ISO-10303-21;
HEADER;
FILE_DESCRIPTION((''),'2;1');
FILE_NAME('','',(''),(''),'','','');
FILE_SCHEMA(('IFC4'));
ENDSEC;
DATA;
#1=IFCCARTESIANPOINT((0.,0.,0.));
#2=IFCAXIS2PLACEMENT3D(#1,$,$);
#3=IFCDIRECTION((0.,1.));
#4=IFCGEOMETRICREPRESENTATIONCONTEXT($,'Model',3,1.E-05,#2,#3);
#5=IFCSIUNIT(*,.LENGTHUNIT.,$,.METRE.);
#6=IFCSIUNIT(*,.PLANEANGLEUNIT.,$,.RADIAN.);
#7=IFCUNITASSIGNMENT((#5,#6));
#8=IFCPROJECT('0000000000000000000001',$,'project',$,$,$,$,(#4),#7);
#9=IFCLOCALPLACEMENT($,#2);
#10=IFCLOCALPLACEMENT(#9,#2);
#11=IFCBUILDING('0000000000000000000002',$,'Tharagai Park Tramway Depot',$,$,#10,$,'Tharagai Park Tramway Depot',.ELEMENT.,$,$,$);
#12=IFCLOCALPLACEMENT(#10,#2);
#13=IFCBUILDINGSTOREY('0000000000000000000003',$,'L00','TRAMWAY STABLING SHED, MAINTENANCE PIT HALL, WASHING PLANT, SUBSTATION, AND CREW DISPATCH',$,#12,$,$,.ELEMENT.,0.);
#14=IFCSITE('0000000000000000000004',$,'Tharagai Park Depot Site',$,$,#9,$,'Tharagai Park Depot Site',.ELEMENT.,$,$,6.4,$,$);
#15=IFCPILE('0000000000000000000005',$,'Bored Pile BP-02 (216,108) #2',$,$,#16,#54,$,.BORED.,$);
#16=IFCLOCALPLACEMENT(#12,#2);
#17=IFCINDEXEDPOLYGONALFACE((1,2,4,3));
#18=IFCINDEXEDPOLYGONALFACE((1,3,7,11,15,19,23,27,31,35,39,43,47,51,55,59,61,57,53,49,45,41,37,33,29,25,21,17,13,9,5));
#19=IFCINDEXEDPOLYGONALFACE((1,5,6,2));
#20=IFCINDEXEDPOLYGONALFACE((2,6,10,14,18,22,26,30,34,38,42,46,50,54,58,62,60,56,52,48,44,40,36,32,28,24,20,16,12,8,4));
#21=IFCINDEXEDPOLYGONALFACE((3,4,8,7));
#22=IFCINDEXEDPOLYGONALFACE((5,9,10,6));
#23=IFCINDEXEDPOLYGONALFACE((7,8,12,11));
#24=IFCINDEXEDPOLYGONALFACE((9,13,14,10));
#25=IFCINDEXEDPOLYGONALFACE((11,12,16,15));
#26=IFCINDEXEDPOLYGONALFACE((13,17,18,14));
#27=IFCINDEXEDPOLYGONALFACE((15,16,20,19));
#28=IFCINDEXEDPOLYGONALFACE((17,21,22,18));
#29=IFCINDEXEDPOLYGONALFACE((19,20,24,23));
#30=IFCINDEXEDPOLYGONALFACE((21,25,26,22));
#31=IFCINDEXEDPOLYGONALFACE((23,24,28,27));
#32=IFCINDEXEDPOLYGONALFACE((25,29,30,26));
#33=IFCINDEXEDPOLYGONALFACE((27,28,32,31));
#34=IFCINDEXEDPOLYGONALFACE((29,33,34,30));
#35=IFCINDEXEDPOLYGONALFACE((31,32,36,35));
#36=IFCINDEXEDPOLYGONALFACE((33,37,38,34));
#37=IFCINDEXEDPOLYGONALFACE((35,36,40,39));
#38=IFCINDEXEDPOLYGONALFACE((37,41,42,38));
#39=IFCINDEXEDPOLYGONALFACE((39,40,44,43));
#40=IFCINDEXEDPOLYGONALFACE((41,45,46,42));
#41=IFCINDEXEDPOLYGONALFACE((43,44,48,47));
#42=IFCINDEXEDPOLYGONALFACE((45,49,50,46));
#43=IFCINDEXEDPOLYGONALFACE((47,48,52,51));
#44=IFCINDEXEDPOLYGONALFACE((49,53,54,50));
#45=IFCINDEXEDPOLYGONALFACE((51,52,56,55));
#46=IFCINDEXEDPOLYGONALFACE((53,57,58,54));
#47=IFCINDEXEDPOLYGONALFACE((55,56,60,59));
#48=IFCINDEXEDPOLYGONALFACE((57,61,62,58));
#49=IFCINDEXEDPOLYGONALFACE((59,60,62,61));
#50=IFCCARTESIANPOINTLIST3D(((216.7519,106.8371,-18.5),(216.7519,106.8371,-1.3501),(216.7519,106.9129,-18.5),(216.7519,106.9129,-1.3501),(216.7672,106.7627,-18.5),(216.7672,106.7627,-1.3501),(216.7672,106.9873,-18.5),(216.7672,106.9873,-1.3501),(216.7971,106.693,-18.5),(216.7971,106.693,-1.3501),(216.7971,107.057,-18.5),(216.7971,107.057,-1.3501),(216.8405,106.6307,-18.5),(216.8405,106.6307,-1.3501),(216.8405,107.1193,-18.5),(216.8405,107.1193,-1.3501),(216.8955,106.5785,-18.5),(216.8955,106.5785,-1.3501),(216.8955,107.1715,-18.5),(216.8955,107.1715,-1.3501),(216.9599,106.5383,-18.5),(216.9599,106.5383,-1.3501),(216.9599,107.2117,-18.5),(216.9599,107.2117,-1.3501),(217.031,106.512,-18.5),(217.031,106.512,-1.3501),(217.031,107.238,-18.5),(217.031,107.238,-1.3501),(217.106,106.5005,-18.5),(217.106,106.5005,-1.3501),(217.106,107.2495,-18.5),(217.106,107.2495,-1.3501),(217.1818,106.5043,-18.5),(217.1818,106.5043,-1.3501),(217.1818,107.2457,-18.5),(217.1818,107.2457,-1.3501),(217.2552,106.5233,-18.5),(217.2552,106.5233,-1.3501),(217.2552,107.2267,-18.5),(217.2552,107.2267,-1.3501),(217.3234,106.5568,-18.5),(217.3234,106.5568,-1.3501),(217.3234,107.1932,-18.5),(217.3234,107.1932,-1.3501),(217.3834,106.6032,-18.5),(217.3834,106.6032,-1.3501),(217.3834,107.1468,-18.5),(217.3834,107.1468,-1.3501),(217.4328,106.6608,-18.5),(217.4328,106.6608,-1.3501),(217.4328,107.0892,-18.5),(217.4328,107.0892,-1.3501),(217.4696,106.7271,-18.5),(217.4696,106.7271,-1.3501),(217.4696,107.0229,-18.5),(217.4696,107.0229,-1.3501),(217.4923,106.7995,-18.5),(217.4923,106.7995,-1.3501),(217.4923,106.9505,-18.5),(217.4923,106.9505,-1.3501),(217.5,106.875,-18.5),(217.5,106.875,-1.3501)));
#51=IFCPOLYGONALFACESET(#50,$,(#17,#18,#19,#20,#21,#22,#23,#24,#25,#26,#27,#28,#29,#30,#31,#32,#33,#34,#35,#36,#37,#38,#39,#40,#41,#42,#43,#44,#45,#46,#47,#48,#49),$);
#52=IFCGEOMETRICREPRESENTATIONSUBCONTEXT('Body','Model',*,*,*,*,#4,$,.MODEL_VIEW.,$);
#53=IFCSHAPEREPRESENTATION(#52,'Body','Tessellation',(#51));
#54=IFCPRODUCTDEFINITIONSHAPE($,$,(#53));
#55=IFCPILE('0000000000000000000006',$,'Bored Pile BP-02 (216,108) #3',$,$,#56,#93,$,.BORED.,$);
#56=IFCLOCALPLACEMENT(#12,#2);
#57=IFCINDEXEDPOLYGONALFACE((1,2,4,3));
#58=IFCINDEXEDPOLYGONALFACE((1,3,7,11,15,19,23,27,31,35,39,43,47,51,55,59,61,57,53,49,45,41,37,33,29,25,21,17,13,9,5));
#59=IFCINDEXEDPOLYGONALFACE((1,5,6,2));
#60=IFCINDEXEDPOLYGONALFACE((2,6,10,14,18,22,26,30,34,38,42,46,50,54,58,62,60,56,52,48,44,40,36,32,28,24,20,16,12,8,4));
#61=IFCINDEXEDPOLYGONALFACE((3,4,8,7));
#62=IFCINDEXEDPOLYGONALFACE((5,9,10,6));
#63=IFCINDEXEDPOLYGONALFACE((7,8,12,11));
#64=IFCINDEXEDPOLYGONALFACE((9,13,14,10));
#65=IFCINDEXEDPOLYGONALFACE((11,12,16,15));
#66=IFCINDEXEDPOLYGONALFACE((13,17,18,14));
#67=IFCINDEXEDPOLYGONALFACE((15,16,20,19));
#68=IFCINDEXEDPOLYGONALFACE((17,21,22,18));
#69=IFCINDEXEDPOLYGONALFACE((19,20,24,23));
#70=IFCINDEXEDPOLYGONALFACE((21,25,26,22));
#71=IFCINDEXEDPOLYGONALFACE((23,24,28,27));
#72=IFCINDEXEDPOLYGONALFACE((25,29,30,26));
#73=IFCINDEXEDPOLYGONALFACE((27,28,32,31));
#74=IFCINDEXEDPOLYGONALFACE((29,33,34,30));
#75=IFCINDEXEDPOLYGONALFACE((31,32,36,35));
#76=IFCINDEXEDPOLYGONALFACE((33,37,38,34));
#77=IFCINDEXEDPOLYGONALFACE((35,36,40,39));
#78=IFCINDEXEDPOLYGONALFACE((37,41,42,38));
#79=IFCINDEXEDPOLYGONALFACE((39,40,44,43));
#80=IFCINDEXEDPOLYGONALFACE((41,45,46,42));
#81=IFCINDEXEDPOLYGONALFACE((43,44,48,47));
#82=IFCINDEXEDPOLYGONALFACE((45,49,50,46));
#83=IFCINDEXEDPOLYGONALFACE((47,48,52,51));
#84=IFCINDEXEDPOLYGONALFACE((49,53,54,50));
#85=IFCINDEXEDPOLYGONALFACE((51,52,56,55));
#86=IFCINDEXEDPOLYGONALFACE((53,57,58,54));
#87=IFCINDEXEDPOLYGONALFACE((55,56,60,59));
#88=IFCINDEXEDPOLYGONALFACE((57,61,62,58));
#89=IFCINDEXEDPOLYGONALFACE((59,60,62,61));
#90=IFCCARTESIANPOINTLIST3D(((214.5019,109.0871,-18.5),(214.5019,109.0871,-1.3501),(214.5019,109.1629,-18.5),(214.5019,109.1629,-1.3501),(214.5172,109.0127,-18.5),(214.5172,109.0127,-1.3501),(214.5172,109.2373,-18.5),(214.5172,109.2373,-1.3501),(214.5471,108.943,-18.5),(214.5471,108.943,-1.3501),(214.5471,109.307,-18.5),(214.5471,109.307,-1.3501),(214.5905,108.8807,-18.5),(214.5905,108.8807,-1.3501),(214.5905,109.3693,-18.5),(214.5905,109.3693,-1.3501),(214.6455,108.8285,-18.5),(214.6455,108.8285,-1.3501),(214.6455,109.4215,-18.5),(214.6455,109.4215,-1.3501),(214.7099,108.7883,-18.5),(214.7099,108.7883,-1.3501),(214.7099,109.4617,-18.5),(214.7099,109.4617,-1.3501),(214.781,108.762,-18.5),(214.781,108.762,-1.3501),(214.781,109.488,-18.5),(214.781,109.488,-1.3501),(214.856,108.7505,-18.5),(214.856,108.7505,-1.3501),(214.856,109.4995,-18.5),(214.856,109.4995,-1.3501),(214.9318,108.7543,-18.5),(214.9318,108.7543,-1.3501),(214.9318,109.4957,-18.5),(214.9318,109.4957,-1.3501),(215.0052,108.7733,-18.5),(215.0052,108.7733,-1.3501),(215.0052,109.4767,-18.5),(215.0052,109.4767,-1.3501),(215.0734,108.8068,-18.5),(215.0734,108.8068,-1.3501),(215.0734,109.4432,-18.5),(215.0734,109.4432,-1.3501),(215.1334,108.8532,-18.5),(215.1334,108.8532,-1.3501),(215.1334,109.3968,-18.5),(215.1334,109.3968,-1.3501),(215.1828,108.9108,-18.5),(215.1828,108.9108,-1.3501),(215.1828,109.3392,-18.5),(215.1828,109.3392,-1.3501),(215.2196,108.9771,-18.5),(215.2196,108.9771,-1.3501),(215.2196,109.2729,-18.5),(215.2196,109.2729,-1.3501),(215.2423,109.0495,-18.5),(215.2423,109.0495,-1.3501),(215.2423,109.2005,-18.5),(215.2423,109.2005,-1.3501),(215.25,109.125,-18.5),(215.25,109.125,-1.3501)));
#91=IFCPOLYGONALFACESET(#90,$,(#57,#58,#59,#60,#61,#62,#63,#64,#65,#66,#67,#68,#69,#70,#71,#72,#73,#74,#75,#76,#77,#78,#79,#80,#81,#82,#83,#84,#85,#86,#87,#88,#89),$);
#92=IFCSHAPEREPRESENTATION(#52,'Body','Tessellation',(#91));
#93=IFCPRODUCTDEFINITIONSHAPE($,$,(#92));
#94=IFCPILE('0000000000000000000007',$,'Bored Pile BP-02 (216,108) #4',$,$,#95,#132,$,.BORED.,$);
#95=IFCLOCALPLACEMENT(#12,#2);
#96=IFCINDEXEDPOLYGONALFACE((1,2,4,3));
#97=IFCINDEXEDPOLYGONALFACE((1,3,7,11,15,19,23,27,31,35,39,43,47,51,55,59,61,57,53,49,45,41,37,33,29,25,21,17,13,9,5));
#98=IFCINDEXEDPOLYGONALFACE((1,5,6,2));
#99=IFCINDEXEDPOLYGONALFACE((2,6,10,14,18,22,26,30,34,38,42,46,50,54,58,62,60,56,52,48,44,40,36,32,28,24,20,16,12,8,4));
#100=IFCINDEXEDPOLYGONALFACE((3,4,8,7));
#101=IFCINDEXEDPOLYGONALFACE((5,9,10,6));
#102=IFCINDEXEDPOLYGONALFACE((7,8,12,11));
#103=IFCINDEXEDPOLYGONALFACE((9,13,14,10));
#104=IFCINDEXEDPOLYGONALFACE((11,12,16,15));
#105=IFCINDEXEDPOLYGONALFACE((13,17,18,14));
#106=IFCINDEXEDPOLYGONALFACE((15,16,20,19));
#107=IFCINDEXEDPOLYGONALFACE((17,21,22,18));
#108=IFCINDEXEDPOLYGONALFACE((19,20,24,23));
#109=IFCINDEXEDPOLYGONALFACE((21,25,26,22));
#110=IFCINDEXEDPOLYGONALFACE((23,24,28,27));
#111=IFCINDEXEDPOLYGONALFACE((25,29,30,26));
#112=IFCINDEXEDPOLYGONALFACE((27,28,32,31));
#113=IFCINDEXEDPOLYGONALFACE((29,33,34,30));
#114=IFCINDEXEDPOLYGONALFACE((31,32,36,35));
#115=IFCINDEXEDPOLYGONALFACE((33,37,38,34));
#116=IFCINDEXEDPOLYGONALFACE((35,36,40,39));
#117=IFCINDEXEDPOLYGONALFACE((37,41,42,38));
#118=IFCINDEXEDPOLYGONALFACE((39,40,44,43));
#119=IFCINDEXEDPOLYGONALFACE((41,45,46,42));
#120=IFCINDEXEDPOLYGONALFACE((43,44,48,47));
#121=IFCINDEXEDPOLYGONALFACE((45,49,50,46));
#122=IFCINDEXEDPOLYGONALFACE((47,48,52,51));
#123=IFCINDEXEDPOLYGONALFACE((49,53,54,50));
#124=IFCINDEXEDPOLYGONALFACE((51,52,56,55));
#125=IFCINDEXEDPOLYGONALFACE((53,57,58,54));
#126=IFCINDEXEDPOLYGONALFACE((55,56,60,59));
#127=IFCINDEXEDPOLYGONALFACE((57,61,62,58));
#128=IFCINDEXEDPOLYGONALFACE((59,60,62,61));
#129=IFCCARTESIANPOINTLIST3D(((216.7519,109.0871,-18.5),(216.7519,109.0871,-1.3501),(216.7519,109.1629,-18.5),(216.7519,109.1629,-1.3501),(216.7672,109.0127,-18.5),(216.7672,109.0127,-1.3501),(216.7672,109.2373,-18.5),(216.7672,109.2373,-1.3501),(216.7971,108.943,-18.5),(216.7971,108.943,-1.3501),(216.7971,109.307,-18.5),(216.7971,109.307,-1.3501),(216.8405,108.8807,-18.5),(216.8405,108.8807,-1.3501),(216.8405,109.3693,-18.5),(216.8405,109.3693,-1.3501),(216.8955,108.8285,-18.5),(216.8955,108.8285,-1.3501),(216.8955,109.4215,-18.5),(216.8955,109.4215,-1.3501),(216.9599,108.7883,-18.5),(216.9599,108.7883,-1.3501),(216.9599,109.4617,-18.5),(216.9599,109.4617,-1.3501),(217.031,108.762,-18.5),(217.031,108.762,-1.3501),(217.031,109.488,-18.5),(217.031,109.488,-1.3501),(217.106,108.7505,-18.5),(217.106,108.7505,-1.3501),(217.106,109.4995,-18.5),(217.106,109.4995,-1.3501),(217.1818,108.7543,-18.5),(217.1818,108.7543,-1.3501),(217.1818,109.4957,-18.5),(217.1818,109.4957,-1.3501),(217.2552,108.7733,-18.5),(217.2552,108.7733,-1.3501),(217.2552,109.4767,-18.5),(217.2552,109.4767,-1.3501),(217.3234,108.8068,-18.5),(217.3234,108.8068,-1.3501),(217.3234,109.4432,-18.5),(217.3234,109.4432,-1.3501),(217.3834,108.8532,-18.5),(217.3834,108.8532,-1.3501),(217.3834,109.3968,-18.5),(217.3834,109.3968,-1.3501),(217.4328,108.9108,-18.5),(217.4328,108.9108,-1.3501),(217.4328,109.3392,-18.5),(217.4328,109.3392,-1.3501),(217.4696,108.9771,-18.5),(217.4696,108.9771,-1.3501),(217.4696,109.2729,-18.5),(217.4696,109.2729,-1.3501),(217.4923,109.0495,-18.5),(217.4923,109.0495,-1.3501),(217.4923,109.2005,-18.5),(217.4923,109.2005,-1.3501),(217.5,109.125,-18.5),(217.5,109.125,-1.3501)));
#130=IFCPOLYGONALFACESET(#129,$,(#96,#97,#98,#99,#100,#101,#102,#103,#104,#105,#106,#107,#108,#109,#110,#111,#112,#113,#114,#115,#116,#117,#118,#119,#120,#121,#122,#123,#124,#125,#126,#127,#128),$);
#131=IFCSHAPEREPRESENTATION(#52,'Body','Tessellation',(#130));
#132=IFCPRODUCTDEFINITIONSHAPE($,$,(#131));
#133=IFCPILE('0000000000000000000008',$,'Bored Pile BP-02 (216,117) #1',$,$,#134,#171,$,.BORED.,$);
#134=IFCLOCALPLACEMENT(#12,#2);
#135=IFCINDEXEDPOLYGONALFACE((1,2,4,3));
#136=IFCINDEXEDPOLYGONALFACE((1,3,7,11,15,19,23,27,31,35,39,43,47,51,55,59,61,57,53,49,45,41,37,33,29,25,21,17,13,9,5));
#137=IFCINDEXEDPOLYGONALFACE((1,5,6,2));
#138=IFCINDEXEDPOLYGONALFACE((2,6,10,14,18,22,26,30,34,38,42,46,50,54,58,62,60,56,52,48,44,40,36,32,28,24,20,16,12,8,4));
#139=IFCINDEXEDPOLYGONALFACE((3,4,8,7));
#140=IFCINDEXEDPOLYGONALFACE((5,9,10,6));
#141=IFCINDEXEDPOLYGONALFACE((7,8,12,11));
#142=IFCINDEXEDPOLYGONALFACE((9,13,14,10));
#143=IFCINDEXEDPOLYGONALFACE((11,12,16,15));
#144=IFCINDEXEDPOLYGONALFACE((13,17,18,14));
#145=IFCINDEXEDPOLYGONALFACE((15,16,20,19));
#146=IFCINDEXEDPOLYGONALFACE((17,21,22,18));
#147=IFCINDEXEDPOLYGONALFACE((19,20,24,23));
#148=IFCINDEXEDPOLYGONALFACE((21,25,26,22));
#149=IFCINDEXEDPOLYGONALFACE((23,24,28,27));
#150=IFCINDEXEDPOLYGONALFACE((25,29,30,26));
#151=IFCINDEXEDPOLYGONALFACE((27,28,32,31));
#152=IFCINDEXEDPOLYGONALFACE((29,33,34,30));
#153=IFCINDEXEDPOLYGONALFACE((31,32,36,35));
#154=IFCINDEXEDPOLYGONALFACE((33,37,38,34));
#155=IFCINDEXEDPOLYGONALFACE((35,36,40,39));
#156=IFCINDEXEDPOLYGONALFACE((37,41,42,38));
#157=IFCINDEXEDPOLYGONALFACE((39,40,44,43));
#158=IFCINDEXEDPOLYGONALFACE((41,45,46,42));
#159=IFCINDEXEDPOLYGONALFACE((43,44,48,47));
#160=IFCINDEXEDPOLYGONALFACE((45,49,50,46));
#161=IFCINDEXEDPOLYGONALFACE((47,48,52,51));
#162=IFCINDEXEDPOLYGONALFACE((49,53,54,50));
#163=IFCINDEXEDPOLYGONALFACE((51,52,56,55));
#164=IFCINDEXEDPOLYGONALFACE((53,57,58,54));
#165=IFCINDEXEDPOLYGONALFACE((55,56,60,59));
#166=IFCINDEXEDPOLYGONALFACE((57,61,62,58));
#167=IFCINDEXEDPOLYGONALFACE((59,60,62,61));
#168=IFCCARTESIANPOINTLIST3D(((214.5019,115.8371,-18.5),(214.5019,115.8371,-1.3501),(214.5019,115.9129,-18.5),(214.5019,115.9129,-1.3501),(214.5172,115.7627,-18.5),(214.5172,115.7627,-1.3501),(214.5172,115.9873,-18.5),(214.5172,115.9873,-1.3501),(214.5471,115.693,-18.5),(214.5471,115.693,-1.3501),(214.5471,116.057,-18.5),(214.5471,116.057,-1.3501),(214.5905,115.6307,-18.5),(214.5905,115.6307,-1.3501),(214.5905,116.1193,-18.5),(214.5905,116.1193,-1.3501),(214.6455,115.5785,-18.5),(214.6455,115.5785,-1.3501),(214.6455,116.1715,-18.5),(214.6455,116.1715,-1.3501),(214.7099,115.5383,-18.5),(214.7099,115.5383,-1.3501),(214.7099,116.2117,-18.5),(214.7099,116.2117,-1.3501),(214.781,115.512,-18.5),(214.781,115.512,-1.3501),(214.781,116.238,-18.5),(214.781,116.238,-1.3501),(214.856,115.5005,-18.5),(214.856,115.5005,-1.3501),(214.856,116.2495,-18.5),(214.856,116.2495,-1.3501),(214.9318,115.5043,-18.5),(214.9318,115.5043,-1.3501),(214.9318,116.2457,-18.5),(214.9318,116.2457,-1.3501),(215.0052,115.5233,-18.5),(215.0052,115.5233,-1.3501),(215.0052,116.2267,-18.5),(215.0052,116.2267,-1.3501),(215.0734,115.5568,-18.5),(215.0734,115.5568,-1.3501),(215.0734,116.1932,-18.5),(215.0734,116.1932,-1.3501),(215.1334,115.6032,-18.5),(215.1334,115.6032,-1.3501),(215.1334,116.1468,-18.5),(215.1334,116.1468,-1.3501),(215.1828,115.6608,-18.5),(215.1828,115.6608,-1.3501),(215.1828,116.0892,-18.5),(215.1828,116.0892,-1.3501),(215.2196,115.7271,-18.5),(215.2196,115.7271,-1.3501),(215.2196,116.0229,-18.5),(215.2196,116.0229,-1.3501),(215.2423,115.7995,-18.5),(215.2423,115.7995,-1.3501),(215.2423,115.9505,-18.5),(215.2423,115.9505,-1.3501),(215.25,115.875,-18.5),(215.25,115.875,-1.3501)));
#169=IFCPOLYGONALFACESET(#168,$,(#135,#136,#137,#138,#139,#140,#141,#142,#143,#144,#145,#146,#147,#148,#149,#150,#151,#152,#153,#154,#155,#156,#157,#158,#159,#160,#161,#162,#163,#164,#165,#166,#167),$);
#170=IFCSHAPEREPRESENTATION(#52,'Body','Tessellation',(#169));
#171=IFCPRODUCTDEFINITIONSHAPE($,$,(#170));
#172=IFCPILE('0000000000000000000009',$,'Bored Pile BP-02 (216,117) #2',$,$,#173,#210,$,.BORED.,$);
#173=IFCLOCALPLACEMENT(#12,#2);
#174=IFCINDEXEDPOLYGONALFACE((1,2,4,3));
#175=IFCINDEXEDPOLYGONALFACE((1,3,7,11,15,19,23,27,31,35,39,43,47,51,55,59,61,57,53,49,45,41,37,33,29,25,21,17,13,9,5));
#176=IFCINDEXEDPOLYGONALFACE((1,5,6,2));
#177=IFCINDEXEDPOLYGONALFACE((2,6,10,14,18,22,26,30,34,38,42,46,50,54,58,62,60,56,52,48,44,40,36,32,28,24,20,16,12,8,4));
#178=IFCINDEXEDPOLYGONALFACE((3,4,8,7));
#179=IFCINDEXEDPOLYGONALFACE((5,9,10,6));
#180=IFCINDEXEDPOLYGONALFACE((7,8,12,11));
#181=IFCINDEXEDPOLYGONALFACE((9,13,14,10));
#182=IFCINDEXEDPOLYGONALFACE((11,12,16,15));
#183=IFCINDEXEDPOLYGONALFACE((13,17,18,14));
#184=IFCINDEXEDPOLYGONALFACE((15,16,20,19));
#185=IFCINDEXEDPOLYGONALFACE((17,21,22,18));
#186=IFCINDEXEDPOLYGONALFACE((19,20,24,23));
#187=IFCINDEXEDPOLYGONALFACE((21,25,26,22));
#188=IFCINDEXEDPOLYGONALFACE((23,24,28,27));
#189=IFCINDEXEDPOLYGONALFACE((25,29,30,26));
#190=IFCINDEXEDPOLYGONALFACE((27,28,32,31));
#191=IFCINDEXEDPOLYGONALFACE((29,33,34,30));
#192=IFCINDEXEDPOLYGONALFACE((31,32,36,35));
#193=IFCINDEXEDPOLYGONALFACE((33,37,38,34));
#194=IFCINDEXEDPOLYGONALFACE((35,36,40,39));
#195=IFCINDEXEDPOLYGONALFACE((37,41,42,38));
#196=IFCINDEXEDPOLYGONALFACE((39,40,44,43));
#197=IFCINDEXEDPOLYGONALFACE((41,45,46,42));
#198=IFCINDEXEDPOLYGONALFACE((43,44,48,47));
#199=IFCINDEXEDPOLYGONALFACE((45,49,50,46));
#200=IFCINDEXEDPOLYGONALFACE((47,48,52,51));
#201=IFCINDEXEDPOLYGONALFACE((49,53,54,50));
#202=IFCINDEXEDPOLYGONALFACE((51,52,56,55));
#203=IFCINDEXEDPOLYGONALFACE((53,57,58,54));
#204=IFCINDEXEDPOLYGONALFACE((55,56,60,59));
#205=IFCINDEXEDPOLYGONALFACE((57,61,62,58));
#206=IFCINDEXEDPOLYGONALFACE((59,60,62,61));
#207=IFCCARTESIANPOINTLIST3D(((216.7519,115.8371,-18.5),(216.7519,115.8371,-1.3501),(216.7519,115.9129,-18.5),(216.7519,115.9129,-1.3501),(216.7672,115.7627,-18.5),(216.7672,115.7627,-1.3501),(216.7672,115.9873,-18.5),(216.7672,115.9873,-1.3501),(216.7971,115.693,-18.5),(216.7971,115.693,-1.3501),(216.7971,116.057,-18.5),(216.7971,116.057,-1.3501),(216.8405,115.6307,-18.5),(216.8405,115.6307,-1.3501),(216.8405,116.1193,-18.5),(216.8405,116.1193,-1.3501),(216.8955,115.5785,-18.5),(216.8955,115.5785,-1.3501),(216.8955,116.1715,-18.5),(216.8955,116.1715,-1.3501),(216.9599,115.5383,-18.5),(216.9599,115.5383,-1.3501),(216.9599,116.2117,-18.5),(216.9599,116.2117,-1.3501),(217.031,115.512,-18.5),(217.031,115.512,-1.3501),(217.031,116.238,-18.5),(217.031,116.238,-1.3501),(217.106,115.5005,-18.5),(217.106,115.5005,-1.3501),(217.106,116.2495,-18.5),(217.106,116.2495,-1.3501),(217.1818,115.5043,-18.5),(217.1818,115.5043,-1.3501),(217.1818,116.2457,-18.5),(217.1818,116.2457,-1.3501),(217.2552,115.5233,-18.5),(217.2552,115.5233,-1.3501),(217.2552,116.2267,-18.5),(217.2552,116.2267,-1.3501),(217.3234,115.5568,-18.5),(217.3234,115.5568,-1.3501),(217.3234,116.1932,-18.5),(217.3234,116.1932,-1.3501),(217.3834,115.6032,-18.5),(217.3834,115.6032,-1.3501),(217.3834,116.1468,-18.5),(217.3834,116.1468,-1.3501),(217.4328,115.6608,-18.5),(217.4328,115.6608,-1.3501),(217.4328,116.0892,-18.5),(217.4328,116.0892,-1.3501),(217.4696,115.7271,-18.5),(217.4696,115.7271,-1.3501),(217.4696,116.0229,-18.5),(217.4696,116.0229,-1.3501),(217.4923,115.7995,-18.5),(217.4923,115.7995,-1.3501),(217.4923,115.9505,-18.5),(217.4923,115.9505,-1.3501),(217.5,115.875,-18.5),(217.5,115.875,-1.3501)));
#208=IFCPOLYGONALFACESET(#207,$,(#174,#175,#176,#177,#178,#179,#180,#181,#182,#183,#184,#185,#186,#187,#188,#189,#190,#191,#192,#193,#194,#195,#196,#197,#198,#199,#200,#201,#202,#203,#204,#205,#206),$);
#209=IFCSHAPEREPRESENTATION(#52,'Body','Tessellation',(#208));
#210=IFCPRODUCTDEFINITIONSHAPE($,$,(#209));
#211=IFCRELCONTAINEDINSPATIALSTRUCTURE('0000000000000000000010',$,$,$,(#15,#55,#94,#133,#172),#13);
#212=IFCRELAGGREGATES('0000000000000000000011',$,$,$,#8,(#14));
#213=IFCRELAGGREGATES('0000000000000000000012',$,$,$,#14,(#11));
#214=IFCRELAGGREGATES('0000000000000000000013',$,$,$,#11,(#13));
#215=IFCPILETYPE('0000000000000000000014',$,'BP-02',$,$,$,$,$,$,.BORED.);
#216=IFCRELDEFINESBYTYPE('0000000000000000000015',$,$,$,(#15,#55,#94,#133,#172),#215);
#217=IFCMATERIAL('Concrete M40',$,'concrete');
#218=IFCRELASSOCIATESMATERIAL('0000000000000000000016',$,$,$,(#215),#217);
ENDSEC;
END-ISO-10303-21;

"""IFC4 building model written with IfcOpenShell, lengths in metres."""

from ifc_helpers import new_model, si_unit, direction, frame, origin, origin_2d, place, context, subcontext, project, spatial, circle, extrude, material, material_profile, profile_set, type_object, element, save


model = new_model("IFC4")

# Units and contexts
model_context = context("Model", 3, precision=1e-05, world=origin(), true_north=direction((0.0, 1.0)))
body_context = subcontext(model_context, "Body", "Model", "MODEL_VIEW")
ifc_project = project(units=[si_unit("LENGTHUNIT", "METRE"), si_unit("PLANEANGLEUNIT", "RADIAN")], contexts=[model_context])

# Site, building, storey
site_placement = place(None, origin())
site = spatial("IfcSite", under=ifc_project, at=site_placement, Name="Tharagai Park Depot Site", LongName="Tharagai Park Depot Site", CompositionType="ELEMENT", RefElevation=6.4)
building_placement = place(site_placement, origin())
building = spatial("IfcBuilding", under=site, at=building_placement, Name="Tharagai Park Tramway Depot", LongName="Tharagai Park Tramway Depot", CompositionType="ELEMENT")
storey_placement = place(building_placement, origin())
storey = spatial("IfcBuildingStorey", under=building, at=storey_placement, Name="L00", Description="TRAMWAY STABLING SHED, MAINTENANCE PIT HALL, WASHING PLANT, SUBSTATION, AND CREW DISPATCH", CompositionType="ELEMENT", Elevation=0.0)

# Piles
ifc_material_1 = material(Name="Concrete M40", Category="concrete")
ifc_material_profile_1 = material_profile(ifc_material_1, circle(Radius=0.375, at=origin_2d()), Name="PILE D750")
ifc_profile_set_1 = profile_set([ifc_material_profile_1], Name="Concrete M40")
pile_type = type_object("IfcPileType", Name="BP-02", PredefinedType="BORED", material=ifc_profile_set_1)
for number, where, z_axis, x_axis, name in (
    (1, (217.125, 106.875, -1.3501), (0.0, 0.0, -1.0), (1.0, 0.0, 0.0), "Bored Pile BP-02 (216,108) #2"),
    (2, (214.875, 109.125, -1.3501), (0.0, 0.0, -1.0), (1.0, 0.0, 0.0), "Bored Pile BP-02 (216,108) #3"),
    (3, (217.125, 109.125, -1.3501), (0.0, 0.0, -1.0), (1.0, 0.0, 0.0), "Bored Pile BP-02 (216,108) #4"),
    (4, (214.875, 115.875, -1.3501), (0.0, 0.0, -1.0), (1.0, 0.0, 0.0), "Bored Pile BP-02 (216,117) #1"),
    (5, (217.125, 115.875, -1.3501), (0.0, 0.0, -1.0), (1.0, 0.0, 0.0), "Bored Pile BP-02 (216,117) #2"),
):
    element("IfcPile", number, at=place(storey_placement, frame(where, z_axis=z_axis, x_axis=x_axis)), inside=storey, type_object=pile_type, Name=name, PredefinedType="BORED", context=body_context, shape_type="SweptSolid", body=[
        extrude(circle(Radius=0.375, at=origin_2d()), origin(), (0.0, 0.0, 1.0), 17.1499),
    ])

save(model, "model.ifc")
